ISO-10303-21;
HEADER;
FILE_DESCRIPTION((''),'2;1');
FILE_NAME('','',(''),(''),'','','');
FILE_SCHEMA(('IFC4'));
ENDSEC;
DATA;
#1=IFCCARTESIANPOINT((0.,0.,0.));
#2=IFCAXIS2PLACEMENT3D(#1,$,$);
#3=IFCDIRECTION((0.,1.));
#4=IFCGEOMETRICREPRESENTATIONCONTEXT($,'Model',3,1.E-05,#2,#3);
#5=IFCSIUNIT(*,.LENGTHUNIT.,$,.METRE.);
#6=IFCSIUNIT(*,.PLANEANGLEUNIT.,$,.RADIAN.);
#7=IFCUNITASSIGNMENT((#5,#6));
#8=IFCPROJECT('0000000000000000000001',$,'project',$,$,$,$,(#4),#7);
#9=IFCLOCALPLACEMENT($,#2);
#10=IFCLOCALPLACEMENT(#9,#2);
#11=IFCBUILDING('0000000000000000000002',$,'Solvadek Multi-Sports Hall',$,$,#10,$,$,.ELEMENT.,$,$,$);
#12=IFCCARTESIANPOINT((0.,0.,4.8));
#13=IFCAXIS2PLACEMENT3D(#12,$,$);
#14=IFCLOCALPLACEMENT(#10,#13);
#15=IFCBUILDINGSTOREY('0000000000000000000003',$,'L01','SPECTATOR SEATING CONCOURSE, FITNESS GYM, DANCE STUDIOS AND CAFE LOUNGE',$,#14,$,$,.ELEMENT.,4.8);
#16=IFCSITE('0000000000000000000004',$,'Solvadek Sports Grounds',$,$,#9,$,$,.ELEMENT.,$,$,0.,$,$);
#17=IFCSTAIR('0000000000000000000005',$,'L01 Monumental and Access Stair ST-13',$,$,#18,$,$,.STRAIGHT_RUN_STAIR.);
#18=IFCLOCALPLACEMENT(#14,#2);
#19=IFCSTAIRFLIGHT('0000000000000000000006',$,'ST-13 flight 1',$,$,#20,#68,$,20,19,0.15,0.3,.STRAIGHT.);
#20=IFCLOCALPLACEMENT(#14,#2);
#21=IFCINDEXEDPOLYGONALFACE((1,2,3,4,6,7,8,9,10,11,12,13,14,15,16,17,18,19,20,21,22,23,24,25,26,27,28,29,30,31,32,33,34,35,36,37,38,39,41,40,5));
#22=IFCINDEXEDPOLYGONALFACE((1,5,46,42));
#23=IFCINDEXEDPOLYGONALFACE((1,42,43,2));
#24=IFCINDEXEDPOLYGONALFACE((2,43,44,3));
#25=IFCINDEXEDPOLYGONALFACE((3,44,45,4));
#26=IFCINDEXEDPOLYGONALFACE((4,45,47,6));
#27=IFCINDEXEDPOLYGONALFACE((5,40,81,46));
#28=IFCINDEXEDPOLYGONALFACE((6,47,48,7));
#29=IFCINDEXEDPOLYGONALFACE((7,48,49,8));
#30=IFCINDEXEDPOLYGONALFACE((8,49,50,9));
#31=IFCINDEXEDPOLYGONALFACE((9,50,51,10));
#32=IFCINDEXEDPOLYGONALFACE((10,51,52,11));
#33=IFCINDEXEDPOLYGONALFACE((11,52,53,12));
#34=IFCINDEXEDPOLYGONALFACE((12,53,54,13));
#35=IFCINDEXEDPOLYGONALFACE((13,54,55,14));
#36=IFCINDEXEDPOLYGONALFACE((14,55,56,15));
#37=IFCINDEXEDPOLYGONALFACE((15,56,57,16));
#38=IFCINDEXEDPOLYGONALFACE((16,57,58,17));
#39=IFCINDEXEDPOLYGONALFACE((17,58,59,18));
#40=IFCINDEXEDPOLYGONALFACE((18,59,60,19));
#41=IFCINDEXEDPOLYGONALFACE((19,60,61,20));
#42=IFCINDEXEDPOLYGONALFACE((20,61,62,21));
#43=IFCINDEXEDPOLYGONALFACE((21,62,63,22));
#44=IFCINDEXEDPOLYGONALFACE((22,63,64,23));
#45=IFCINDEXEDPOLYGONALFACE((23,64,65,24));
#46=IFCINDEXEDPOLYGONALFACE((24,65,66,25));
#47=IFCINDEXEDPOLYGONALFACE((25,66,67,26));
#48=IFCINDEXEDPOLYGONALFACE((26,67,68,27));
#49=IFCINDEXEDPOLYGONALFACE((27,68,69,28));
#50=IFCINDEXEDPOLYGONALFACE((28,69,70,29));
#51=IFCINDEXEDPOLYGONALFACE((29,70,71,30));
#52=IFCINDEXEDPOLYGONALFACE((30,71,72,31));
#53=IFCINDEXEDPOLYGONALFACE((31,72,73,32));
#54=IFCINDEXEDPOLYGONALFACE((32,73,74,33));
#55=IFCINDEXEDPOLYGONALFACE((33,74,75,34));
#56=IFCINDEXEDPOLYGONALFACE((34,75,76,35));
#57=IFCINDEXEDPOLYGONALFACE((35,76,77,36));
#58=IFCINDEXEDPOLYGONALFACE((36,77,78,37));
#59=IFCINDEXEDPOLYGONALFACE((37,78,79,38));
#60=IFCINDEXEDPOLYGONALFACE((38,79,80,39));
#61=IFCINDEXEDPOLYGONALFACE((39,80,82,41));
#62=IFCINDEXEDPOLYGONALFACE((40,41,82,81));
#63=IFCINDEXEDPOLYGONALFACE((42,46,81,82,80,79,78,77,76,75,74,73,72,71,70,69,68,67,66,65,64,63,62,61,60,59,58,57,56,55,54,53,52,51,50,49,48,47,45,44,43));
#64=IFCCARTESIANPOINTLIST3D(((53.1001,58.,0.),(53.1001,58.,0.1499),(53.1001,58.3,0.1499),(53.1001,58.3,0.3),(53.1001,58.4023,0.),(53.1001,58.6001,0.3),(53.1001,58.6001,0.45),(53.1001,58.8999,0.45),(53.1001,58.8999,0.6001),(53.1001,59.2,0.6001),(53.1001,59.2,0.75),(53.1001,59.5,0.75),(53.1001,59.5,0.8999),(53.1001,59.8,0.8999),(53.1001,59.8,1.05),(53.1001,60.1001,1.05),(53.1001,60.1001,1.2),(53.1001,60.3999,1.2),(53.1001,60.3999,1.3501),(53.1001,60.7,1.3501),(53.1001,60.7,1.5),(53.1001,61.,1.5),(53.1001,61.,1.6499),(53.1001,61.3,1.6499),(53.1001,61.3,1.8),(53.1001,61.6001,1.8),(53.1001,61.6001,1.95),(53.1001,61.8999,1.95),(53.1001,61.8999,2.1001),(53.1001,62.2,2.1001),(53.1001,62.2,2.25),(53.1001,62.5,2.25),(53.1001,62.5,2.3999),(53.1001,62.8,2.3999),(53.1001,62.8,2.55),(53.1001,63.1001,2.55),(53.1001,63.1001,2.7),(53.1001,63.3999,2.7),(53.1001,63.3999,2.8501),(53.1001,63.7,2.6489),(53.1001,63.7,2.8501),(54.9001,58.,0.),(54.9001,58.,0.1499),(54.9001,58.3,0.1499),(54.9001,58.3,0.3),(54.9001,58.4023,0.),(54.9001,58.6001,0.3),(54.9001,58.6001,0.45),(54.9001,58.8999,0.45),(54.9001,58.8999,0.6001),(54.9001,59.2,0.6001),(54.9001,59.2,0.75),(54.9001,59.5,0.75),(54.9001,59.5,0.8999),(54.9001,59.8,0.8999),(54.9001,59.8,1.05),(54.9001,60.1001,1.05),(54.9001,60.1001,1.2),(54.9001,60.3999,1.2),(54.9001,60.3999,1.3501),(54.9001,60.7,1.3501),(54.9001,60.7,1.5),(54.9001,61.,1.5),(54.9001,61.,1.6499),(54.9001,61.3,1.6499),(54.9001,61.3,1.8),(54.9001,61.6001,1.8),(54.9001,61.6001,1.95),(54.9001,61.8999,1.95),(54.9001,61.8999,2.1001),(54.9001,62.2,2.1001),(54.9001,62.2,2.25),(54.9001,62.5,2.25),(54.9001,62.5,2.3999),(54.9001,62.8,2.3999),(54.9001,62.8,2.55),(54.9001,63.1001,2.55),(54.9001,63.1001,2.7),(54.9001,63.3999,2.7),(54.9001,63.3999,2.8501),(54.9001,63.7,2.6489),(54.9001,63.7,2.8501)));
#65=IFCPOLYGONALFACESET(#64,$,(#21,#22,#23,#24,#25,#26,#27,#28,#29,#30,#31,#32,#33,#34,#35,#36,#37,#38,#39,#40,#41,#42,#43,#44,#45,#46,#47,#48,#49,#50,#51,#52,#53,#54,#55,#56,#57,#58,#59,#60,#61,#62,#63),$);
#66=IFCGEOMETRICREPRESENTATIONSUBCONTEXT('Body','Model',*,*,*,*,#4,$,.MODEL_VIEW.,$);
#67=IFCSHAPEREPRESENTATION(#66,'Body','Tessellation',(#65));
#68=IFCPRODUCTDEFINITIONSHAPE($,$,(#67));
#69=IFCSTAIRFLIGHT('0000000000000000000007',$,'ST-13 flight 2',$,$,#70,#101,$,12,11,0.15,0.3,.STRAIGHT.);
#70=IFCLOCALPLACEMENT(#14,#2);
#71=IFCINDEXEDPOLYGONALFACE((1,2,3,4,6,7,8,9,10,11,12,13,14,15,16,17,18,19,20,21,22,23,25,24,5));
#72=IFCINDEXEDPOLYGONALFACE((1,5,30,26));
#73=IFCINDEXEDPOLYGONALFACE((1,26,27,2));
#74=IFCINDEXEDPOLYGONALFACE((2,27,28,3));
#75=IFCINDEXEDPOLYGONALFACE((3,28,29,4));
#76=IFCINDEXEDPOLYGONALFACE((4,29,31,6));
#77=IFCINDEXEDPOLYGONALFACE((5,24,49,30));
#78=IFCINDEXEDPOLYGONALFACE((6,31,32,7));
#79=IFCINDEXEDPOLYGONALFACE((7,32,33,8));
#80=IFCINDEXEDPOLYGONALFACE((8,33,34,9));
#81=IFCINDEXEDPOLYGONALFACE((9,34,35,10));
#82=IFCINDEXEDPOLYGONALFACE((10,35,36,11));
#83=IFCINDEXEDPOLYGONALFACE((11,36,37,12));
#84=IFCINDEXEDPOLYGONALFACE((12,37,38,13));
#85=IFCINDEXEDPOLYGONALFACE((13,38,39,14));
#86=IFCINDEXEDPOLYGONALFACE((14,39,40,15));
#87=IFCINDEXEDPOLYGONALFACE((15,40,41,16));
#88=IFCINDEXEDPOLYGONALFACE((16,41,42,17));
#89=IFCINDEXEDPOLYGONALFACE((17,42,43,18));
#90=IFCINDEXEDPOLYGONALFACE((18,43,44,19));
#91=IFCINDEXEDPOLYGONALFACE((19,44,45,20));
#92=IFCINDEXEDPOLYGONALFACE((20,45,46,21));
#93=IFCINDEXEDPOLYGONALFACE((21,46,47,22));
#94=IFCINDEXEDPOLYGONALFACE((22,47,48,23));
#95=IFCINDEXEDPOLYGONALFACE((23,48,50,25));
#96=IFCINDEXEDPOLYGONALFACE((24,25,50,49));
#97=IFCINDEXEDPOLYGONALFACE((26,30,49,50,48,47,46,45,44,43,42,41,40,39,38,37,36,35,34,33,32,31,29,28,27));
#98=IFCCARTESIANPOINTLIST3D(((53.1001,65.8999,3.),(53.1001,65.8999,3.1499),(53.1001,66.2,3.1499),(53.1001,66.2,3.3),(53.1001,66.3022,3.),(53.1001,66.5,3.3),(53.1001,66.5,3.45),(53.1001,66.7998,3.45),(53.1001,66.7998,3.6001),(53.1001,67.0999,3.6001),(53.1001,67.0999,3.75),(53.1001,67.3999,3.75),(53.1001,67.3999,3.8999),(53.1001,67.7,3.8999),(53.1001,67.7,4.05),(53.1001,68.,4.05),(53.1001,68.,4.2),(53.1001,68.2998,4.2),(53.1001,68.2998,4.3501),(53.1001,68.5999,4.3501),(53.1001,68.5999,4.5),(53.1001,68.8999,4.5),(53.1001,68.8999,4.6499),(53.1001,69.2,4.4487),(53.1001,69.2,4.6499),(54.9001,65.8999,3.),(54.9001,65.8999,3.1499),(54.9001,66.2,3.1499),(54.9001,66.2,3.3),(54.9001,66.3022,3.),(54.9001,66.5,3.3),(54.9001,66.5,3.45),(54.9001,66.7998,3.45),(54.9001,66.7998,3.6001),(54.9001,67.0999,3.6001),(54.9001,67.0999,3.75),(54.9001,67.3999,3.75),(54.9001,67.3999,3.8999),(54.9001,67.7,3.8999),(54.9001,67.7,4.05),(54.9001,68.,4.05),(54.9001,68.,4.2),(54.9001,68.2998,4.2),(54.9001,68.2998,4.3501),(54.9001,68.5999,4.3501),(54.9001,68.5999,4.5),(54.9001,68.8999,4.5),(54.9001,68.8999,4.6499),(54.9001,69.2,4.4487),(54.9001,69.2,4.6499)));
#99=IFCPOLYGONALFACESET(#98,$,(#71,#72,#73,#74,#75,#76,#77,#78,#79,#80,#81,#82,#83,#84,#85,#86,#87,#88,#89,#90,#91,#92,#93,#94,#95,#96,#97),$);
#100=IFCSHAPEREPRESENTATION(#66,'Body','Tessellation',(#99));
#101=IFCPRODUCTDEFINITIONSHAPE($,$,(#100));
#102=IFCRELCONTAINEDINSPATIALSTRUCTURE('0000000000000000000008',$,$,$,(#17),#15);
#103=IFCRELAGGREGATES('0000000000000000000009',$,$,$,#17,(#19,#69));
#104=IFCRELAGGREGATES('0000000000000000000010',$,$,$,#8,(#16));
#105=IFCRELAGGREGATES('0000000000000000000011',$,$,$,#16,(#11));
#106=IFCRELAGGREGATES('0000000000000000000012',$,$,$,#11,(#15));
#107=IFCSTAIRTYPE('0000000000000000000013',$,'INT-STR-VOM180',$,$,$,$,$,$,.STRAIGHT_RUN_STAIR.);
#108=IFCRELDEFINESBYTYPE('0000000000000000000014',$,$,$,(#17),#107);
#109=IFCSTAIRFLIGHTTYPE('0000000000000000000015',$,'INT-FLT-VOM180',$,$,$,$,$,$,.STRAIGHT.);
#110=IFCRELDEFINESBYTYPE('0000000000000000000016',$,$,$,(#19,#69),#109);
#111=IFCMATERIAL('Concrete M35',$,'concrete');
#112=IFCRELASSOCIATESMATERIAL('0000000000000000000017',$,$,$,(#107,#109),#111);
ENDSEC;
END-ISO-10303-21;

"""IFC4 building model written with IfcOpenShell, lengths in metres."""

from ifc_helpers import new_model, si_unit, direction, frame, origin, place, context, subcontext, project, spatial, polyline, outline, extrude, material, type_object, element, aggregate, save


model = new_model("IFC4")

# Units and contexts
model_context = context("Model", 3, precision=1e-05, world=origin(), true_north=direction((0.0, 1.0)))
body_context = subcontext(model_context, "Body", "Model", "MODEL_VIEW")
ifc_project = project(units=[si_unit("LENGTHUNIT", "METRE"), si_unit("PLANEANGLEUNIT", "RADIAN")], contexts=[model_context])

# Site, building, storey
site_placement = place(None, origin())
site = spatial("IfcSite", under=ifc_project, at=site_placement, Name="Solvadek Sports Grounds", CompositionType="ELEMENT", RefElevation=0.0)
building_placement = place(site_placement, origin())
building = spatial("IfcBuilding", under=site, at=building_placement, Name="Solvadek Multi-Sports Hall", CompositionType="ELEMENT")
storey_placement = place(building_placement, frame((0.0, 0.0, 4.8)))
storey = spatial("IfcBuildingStorey", under=building, at=storey_placement, Name="L01", Description="SPECTATOR SEATING CONCOURSE, FITNESS GYM, DANCE STUDIOS AND CAFE LOUNGE", CompositionType="ELEMENT", Elevation=4.8)

# Stair, stair flights
ifc_material_1 = material(Name="Concrete M35", Category="concrete")
stair_type = type_object("IfcStairType", Name="INT-STR-VOM180", PredefinedType="STRAIGHT_RUN_STAIR", material=ifc_material_1)
stair_placement = place(storey_placement, origin())
stair = element("IfcStair", 1, at=stair_placement, inside=storey, type_object=stair_type, Name="L01 Monumental and Access Stair ST-13", PredefinedType="STRAIGHT_RUN_STAIR")
stair_flight_type = type_object("IfcStairFlightType", Name="INT-FLT-VOM180", PredefinedType="STRAIGHT", material=ifc_material_1)
stair_flight_1_placement = place(storey_placement, frame((54.0, 58.0, 0.0), z_axis=(0.0, 0.0, 1.0), x_axis=(0.0, 1.0, 0.0)))
stair_flight_1 = element("IfcStairFlight", 2, at=stair_flight_1_placement, type_object=stair_flight_type, Name="ST-13 flight 1", NumberOfRisers=20, NumberOfTreads=19, PredefinedType="STRAIGHT", RiserHeight=0.15, TreadLength=0.3, context=body_context, shape_type="SweptSolid", body=[
    extrude(outline(polyline([(0.0, 0.0), (0.0, 0.1499), (0.3, 0.1499), (0.3, 0.3), (0.6001, 0.3), (0.6001, 0.45), (0.8999, 0.45), (0.8999, 0.6001), (1.2, 0.6001), (1.2, 0.75), (1.5, 0.75), (1.5, 0.8999), (1.8, 0.8999), (1.8, 1.05), (2.1001, 1.05), (2.1001, 1.2), (2.3999, 1.2), (2.3999, 1.3501), (2.7, 1.3501), (2.7, 1.5), (3.0, 1.5), (3.0, 1.6499), (3.3, 1.6499), (3.3, 1.8), (3.6001, 1.8), (3.6001, 1.95), (3.8999, 1.95), (3.8999, 2.1001), (4.2, 2.1001), (4.2, 2.25), (4.5, 2.25), (4.5, 2.3999), (4.8, 2.3999), (4.8, 2.55), (5.1001, 2.55), (5.1001, 2.7), (5.3999, 2.7), (5.3999, 2.8501), (5.7, 2.8501), (5.7, 3.0), (5.7, 2.6489), (0.4023, 0.0), (0.0, 0.0)])), frame((0.0, 0.8999, 0.0), z_axis=(0.0, -1.0, 0.0), x_axis=(1.0, 0.0, 0.0)), (0.0, 0.0, 1.0), 1.8),
])
stair_flight_2_placement = place(storey_placement, frame((54.0, 65.8999, 3.0), z_axis=(0.0, 0.0, 1.0), x_axis=(0.0, 1.0, 0.0)))
stair_flight_2 = element("IfcStairFlight", 3, at=stair_flight_2_placement, type_object=stair_flight_type, Name="ST-13 flight 2", NumberOfRisers=12, NumberOfTreads=11, PredefinedType="STRAIGHT", RiserHeight=0.15, TreadLength=0.3, context=body_context, shape_type="SweptSolid", body=[
    extrude(outline(polyline([(0.0, 0.0), (0.0, 0.1499), (0.3, 0.1499), (0.3, 0.3), (0.6001, 0.3), (0.6001, 0.45), (0.8999, 0.45), (0.8999, 0.6001), (1.2, 0.6001), (1.2, 0.75), (1.5, 0.75), (1.5, 0.8999), (1.8, 0.8999), (1.8, 1.05), (2.1001, 1.05), (2.1001, 1.2), (2.3999, 1.2), (2.3999, 1.3501), (2.7, 1.3501), (2.7, 1.5), (3.0, 1.5), (3.0, 1.6499), (3.3, 1.6499), (3.3, 1.8), (3.3, 1.4487), (0.4023, 0.0), (0.0, 0.0)])), frame((0.0, 0.8999, 0.0), z_axis=(0.0, -1.0, 0.0), x_axis=(1.0, 0.0, 0.0)), (0.0, 0.0, 1.0), 1.8),
])
aggregate(stair, [stair_flight_1, stair_flight_2])

save(model, "model.ifc")
